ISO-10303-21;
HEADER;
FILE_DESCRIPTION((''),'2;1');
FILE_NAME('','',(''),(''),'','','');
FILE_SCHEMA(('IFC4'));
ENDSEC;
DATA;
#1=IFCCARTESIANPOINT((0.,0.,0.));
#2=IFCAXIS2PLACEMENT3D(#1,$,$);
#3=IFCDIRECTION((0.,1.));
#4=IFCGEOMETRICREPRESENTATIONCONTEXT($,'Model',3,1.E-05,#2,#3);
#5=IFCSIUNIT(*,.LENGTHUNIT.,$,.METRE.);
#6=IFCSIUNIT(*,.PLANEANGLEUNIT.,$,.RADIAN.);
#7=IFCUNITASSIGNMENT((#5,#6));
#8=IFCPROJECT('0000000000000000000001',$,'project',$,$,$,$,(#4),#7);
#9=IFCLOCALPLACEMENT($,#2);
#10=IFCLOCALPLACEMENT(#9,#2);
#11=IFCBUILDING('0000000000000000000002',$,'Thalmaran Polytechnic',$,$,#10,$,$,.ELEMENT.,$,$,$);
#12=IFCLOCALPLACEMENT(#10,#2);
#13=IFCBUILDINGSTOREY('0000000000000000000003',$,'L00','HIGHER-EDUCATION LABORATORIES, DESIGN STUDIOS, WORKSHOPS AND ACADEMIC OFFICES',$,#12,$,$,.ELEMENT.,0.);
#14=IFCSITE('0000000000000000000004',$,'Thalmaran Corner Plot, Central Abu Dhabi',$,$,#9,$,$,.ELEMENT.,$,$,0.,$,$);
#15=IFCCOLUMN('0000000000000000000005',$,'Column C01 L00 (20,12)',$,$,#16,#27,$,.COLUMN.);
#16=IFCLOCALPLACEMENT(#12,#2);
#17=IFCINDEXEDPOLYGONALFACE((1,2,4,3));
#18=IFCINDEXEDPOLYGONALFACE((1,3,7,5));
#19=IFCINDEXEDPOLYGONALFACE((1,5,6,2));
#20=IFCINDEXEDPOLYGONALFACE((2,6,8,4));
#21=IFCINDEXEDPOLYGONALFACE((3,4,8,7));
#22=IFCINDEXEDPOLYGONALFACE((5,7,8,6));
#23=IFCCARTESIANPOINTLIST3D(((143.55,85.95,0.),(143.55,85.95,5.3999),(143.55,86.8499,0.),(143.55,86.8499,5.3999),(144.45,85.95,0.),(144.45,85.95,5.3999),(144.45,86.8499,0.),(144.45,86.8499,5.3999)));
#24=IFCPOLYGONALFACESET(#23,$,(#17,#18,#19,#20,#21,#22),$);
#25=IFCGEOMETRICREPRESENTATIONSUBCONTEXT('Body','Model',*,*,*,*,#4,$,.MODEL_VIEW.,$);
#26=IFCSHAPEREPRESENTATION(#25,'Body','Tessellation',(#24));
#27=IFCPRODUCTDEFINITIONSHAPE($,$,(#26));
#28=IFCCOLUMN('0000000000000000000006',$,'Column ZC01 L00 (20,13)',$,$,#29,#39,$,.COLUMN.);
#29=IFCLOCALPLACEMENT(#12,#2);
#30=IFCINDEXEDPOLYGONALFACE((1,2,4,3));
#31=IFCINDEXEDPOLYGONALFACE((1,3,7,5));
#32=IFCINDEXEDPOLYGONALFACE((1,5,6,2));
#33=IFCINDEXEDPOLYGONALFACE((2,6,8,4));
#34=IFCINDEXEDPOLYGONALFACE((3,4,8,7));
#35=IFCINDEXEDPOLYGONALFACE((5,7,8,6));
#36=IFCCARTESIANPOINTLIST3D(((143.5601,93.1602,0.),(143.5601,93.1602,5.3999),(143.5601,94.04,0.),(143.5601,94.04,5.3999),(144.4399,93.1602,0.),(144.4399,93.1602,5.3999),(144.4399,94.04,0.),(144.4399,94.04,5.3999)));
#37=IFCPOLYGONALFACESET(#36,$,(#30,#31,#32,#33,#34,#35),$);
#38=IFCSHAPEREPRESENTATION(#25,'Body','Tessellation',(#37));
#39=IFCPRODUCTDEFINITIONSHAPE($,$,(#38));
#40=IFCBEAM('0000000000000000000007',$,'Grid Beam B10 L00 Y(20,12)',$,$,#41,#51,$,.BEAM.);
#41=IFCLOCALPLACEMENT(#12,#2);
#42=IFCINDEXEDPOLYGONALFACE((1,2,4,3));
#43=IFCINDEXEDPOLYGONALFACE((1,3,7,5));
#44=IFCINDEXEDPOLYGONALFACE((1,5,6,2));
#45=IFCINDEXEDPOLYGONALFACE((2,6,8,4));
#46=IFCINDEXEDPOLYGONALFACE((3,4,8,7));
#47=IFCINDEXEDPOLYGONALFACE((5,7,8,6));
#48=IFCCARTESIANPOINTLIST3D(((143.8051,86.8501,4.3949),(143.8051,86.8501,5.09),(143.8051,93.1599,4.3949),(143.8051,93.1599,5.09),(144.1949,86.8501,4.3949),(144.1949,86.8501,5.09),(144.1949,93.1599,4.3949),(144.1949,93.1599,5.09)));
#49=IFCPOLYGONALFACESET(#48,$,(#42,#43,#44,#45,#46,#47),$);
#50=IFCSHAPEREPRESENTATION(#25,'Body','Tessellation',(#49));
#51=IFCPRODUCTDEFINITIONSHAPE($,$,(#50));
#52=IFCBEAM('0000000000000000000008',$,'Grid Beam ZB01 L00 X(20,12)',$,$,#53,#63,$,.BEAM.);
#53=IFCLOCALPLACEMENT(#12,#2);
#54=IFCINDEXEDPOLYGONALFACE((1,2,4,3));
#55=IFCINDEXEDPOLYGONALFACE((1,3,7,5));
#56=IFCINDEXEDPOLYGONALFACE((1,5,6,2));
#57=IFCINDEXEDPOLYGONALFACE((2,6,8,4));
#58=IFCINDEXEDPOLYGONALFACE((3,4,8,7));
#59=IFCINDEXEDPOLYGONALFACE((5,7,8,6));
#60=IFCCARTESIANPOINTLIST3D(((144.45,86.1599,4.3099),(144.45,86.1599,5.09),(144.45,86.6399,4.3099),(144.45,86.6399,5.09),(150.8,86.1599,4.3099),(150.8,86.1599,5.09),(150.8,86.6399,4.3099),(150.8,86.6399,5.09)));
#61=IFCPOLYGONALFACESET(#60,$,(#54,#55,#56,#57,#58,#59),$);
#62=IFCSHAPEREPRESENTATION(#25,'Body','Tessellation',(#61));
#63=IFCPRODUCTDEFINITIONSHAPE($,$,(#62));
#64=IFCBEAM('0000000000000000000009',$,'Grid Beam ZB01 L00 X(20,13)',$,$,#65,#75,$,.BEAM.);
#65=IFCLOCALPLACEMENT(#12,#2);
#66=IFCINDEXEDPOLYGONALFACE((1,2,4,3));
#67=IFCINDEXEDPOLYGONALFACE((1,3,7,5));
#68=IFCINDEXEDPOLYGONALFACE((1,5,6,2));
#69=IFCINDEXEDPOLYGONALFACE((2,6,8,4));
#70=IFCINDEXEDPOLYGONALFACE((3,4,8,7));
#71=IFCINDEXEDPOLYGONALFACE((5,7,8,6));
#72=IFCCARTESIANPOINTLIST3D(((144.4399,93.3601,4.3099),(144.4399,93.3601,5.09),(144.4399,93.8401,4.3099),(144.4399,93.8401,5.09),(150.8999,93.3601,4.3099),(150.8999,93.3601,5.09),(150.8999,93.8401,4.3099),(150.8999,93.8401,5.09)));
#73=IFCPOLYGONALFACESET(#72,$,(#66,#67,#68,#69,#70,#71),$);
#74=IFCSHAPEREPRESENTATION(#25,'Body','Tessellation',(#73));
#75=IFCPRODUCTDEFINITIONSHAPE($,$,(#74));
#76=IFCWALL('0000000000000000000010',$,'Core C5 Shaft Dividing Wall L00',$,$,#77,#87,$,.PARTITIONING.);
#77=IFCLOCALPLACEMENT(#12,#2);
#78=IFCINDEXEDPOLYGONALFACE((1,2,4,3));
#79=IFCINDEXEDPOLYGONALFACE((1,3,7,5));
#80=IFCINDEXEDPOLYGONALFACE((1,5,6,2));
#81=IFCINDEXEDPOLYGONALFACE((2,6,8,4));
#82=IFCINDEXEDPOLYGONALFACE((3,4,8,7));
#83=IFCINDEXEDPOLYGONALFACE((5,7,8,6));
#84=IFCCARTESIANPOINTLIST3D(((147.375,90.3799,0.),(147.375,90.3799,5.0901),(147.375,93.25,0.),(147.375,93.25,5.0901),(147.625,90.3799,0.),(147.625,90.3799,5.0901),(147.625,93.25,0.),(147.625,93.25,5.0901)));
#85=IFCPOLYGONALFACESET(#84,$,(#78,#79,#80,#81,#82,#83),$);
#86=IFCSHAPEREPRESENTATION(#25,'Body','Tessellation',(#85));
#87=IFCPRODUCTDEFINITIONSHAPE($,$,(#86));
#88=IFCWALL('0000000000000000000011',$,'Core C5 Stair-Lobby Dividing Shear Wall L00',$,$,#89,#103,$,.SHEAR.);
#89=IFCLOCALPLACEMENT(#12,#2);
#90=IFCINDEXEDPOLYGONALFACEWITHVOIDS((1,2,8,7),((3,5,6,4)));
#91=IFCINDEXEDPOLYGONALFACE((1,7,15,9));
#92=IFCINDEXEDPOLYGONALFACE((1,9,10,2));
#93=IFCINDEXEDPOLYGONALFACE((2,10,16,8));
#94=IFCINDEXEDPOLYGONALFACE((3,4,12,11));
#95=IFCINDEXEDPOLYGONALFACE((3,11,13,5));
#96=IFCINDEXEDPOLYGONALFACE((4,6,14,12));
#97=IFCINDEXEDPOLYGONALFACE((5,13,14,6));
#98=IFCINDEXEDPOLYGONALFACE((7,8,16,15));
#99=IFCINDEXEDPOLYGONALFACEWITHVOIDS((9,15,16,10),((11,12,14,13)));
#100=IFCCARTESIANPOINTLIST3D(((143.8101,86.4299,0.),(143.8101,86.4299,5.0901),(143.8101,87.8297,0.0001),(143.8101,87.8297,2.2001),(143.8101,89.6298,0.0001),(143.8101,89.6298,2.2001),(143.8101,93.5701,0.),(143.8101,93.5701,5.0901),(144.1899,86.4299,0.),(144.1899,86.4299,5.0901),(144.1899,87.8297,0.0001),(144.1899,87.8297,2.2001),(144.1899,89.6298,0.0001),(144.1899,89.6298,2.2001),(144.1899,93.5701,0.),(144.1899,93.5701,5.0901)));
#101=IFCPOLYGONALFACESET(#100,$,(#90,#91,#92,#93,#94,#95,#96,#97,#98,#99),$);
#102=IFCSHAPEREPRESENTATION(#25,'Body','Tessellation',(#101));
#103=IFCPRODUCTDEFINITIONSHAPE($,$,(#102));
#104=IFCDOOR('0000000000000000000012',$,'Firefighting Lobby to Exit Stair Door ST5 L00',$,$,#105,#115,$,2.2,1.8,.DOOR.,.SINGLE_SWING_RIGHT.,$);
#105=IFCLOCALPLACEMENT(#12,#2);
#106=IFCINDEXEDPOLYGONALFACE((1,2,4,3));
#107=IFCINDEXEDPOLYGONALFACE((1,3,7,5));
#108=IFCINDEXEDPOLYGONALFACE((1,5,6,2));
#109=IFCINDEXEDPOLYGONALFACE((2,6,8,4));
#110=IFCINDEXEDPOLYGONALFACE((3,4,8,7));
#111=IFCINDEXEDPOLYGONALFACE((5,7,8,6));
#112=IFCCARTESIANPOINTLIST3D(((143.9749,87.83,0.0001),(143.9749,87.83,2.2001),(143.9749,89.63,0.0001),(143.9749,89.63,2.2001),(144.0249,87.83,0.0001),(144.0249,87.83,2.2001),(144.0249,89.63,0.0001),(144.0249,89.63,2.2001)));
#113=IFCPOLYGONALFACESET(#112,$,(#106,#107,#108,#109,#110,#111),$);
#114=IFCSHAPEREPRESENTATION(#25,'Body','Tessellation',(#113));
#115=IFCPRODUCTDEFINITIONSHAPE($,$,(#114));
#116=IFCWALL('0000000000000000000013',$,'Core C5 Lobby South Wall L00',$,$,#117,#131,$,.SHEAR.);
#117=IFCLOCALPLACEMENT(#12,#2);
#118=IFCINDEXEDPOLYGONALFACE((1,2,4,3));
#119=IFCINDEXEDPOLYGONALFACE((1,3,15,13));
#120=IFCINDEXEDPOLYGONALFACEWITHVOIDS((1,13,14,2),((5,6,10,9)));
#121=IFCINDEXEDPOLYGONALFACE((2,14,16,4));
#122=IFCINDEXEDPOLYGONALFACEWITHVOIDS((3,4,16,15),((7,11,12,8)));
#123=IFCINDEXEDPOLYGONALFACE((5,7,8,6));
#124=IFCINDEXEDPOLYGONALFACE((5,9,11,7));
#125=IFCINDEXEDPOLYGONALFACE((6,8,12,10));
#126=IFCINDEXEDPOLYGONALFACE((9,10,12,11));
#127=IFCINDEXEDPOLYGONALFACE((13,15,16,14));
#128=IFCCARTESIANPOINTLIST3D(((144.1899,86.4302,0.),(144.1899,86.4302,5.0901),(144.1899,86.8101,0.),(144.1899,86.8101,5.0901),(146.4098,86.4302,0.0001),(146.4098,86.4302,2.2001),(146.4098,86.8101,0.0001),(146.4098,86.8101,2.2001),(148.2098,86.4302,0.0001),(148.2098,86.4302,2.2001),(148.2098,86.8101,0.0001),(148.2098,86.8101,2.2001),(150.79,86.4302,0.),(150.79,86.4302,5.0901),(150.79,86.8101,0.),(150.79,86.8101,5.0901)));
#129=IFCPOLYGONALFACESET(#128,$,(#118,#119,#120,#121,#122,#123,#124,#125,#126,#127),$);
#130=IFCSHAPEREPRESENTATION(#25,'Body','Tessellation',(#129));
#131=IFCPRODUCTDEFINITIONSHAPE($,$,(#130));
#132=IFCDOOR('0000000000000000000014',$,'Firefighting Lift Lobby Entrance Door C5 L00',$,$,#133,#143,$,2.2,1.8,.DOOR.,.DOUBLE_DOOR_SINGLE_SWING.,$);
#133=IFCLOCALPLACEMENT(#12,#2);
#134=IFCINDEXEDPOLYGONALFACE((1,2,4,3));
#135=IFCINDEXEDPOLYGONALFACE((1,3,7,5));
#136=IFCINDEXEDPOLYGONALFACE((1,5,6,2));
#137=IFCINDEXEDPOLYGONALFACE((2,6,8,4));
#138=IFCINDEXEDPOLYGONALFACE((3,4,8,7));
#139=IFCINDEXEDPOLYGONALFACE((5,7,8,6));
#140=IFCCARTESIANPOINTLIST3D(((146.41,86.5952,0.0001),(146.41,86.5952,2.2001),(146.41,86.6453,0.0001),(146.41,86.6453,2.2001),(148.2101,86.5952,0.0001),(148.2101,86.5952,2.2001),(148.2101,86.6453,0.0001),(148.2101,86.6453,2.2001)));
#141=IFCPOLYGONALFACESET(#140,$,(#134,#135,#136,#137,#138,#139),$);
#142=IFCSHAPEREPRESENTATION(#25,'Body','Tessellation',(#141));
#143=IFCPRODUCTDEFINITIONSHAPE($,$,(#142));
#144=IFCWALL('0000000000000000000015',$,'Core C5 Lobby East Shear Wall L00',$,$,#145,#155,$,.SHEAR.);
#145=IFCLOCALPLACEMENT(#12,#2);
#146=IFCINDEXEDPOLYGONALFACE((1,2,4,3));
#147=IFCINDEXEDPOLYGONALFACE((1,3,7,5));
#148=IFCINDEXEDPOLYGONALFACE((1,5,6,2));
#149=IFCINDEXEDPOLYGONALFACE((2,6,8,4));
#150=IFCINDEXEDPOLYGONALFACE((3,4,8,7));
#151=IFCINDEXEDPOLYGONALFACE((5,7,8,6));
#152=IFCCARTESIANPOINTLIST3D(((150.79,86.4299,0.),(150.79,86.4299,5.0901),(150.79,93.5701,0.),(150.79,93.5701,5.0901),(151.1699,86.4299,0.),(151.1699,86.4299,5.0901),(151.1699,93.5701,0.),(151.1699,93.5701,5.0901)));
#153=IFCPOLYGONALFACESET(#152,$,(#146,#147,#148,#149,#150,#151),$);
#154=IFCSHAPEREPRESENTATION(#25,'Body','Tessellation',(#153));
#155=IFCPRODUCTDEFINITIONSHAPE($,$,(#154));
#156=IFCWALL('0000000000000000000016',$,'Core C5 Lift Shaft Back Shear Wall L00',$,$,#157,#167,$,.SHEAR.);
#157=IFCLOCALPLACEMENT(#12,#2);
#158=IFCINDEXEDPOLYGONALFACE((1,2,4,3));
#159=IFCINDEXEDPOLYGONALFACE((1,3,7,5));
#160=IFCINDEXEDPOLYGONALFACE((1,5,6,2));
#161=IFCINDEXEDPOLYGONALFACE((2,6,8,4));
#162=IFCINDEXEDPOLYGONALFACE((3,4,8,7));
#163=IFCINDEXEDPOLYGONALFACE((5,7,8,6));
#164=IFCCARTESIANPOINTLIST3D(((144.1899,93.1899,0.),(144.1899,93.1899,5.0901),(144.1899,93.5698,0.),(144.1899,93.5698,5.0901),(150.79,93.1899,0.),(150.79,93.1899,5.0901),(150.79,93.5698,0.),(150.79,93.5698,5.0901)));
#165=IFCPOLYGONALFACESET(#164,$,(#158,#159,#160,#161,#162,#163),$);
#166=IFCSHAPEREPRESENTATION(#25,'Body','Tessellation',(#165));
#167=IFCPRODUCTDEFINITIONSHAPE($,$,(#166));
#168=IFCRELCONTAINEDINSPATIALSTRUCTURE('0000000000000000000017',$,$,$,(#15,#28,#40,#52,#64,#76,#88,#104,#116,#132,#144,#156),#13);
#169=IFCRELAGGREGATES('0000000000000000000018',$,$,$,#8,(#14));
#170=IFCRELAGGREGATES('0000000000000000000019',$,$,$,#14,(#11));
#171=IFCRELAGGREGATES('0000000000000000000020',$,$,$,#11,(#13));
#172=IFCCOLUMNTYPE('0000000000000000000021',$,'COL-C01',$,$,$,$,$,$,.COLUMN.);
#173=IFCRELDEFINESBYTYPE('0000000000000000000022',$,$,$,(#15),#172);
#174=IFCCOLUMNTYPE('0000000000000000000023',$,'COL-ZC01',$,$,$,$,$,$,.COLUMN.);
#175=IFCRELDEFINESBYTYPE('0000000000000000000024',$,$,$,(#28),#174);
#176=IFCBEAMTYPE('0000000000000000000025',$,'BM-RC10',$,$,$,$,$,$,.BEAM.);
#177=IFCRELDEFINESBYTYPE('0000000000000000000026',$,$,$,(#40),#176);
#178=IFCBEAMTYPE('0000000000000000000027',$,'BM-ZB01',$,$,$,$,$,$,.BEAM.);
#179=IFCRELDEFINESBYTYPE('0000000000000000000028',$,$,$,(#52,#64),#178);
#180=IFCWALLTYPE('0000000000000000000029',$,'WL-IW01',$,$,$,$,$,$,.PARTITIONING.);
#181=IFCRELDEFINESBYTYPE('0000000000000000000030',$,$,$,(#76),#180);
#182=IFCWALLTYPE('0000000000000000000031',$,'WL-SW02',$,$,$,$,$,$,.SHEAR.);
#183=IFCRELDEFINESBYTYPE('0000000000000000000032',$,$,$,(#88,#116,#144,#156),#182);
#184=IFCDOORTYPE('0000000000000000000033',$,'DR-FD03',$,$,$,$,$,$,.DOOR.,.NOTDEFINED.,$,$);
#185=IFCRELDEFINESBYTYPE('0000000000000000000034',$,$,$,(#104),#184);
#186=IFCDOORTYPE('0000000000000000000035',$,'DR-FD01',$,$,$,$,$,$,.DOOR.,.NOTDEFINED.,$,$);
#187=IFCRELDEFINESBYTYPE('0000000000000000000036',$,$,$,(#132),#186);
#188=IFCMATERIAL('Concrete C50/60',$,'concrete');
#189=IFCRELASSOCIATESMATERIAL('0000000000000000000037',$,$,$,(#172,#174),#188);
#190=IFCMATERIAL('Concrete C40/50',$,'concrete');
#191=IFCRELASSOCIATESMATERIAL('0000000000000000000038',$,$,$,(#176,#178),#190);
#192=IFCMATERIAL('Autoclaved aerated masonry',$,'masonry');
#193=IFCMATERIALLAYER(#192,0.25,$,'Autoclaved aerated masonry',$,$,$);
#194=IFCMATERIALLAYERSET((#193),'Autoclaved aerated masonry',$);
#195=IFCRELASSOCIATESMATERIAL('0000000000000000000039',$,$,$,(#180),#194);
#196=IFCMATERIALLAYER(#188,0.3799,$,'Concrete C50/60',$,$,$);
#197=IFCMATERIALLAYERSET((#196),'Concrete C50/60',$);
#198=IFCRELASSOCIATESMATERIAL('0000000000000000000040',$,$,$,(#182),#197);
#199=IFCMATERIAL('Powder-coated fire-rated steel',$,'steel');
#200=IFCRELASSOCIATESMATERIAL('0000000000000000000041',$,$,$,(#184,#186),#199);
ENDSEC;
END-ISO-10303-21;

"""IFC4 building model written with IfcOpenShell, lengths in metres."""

from ifc_helpers import new_model, si_unit, direction, frame, frame_2d, origin, origin_2d, place, context, subcontext, project, spatial, rectangle, extrude, material, layer, layer_set, material_profile, profile_set, type_object, element, fill, save


model = new_model("IFC4")

# Units and contexts
model_context = context("Model", 3, precision=1e-05, world=origin(), true_north=direction((0.0, 1.0)))
body_context = subcontext(model_context, "Body", "Model", "MODEL_VIEW")
ifc_project = project(units=[si_unit("LENGTHUNIT", "METRE"), si_unit("PLANEANGLEUNIT", "RADIAN")], contexts=[model_context])

# Site, building, storey
site_placement = place(None, origin())
site = spatial("IfcSite", under=ifc_project, at=site_placement, Name="Thalmaran Corner Plot, Central Abu Dhabi", CompositionType="ELEMENT", RefElevation=0.0)
building_placement = place(site_placement, origin())
building = spatial("IfcBuilding", under=site, at=building_placement, Name="Thalmaran Polytechnic", CompositionType="ELEMENT")
storey_placement = place(building_placement, origin())
storey = spatial("IfcBuildingStorey", under=building, at=storey_placement, Name="L00", Description="HIGHER-EDUCATION LABORATORIES, DESIGN STUDIOS, WORKSHOPS AND ACADEMIC OFFICES", CompositionType="ELEMENT", Elevation=0.0)

# Columns
ifc_material_1 = material(Name="Concrete C50/60", Category="concrete")
ifc_material_profile_1 = material_profile(ifc_material_1, rectangle(XDim=0.8999, YDim=0.8999, at=origin_2d()), Name="RC 900x900")
ifc_profile_set_1 = profile_set([ifc_material_profile_1], Name="Concrete C50/60")
column_type_1 = type_object("IfcColumnType", Name="COL-C01", PredefinedType="COLUMN", material=ifc_profile_set_1)
column_1_placement = place(storey_placement, frame((144.0, 86.3999, 0.0), z_axis=(0.0, 0.0, 1.0), x_axis=(1.0, 0.0, 0.0)))
element("IfcColumn", 1, at=column_1_placement, inside=storey, type_object=column_type_1, Name="Column C01 L00 (20,12)", PredefinedType="COLUMN", context=body_context, shape_type="SweptSolid", body=[
    extrude(rectangle(XDim=0.8999, YDim=0.8999, at=origin_2d()), origin(), (0.0, 0.0, 1.0), 5.3999),
])
ifc_material_profile_2 = material_profile(ifc_material_1, rectangle(XDim=0.8799, YDim=0.8799, at=origin_2d()), Name="RC 880x880")
ifc_profile_set_2 = profile_set([ifc_material_profile_2], Name="Concrete C50/60")
column_type_2 = type_object("IfcColumnType", Name="COL-ZC01", PredefinedType="COLUMN", material=ifc_profile_set_2)
column_2_placement = place(storey_placement, frame((144.0, 93.6001, 0.0), z_axis=(0.0, 0.0, 1.0), x_axis=(1.0, 0.0, 0.0)))
element("IfcColumn", 2, at=column_2_placement, inside=storey, type_object=column_type_2, Name="Column ZC01 L00 (20,13)", PredefinedType="COLUMN", context=body_context, shape_type="SweptSolid", body=[
    extrude(rectangle(XDim=0.8799, YDim=0.8799, at=origin_2d()), origin(), (0.0, 0.0, 1.0), 5.3999),
])

# Beams
ifc_material_2 = material(Name="Concrete C40/50", Category="concrete")
ifc_material_profile_3 = material_profile(ifc_material_2, rectangle(XDim=0.3899, YDim=0.6951, at=origin_2d()), Name="RC 390x695")
ifc_profile_set_3 = profile_set([ifc_material_profile_3], Name="Concrete C40/50")
beam_type_1 = type_object("IfcBeamType", Name="BM-RC10", PredefinedType="BEAM", material=ifc_profile_set_3)
beam_1_placement = place(storey_placement, frame((144.0, 86.8501, 4.7424), z_axis=(0.0, 1.0, 0.0), x_axis=(-1.0, 0.0, 0.0)))
element("IfcBeam", 3, at=beam_1_placement, inside=storey, type_object=beam_type_1, Name="Grid Beam B10 L00 Y(20,12)", PredefinedType="BEAM", context=body_context, shape_type="SweptSolid", body=[
    extrude(rectangle(XDim=0.3899, YDim=0.6951, at=origin_2d()), origin(), (0.0, 0.0, 1.0), 6.3098),
])
ifc_material_profile_4 = material_profile(ifc_material_2, rectangle(XDim=0.48, YDim=0.78, at=origin_2d()), Name="RC 480x780")
ifc_profile_set_4 = profile_set([ifc_material_profile_4], Name="Concrete C40/50")
beam_type_2 = type_object("IfcBeamType", Name="BM-ZB01", PredefinedType="BEAM", material=ifc_profile_set_4)
beam_2_placement = place(storey_placement, frame((144.45, 86.3999, 4.7), z_axis=(1.0, 0.0, 0.0), x_axis=(0.0, 1.0, 0.0)))
element("IfcBeam", 4, at=beam_2_placement, inside=storey, type_object=beam_type_2, Name="Grid Beam ZB01 L00 X(20,12)", PredefinedType="BEAM", context=body_context, shape_type="SweptSolid", body=[
    extrude(rectangle(XDim=0.48, YDim=0.78, at=origin_2d()), origin(), (0.0, 0.0, 1.0), 6.3501),
])
beam_3_placement = place(storey_placement, frame((144.4399, 93.6001, 4.7), z_axis=(1.0, 0.0, 0.0), x_axis=(0.0, 1.0, 0.0)))
element("IfcBeam", 5, at=beam_3_placement, inside=storey, type_object=beam_type_2, Name="Grid Beam ZB01 L00 X(20,13)", PredefinedType="BEAM", context=body_context, shape_type="SweptSolid", body=[
    extrude(rectangle(XDim=0.48, YDim=0.78, at=origin_2d()), origin(), (0.0, 0.0, 1.0), 6.46),
])

# Wall
ifc_material_3 = material(Name="Autoclaved aerated masonry", Category="masonry")
ifc_layer_1 = layer(ifc_material_3, 0.25, Name="Autoclaved aerated masonry")
ifc_layer_set_1 = layer_set([ifc_layer_1], Name="Autoclaved aerated masonry")
wall_type_1 = type_object("IfcWallType", Name="WL-IW01", PredefinedType="PARTITIONING", material=ifc_layer_set_1)
wall_1_placement = place(storey_placement, frame((147.5, 90.3799, 0.0), z_axis=(0.0, 0.0, 1.0), x_axis=(0.0, 1.0, 0.0)))
element("IfcWall", 6, at=wall_1_placement, inside=storey, type_object=wall_type_1, Name="Core C5 Shaft Dividing Wall L00", PredefinedType="PARTITIONING", context=body_context, shape_type="SweptSolid", body=[
    extrude(rectangle(XDim=2.8701, YDim=0.25, at=frame_2d((1.4351, 0.0))), origin(), (0.0, 0.0, 1.0), 5.0901),
])

# Walls, openings, doors
ifc_layer_2 = layer(ifc_material_1, 0.3799, Name="Concrete C50/60")
ifc_layer_set_2 = layer_set([ifc_layer_2], Name="Concrete C50/60")
wall_type_2 = type_object("IfcWallType", Name="WL-SW02", PredefinedType="SHEAR", material=ifc_layer_set_2)
wall_2_placement = place(storey_placement, frame((144.0, 86.4299, 0.0), z_axis=(0.0, 0.0, 1.0), x_axis=(0.0, 1.0, 0.0)))
wall_2 = element("IfcWall", 7, at=wall_2_placement, inside=storey, type_object=wall_type_2, Name="Core C5 Stair-Lobby Dividing Shear Wall L00", PredefinedType="SHEAR", context=body_context, shape_type="SweptSolid", body=[
    extrude(rectangle(XDim=7.1401, YDim=0.3799, at=frame_2d((3.5701, 0.0))), origin(), (0.0, 0.0, 1.0), 5.0901),
])
opening_1_placement = place(wall_2_placement, frame((1.3999, 0.0, 0.0)))
opening_1 = element("IfcOpeningElement", 8, at=opening_1_placement, cuts=wall_2, PredefinedType="OPENING", context=body_context, shape_type="SweptSolid", body=[
    extrude(rectangle(XDim=1.8, YDim=2.2, at=frame_2d((0.8999, 1.1001))), frame((0.0, 0.2, 0.0), z_axis=(0.0, -1.0, 0.0), x_axis=(1.0, 0.0, 0.0)), (0.0, 0.0, 1.0), 0.3999),
])
ifc_material_4 = material(Name="Powder-coated fire-rated steel", Category="steel")
door_type_1 = type_object("IfcDoorType", Name="DR-FD03", OperationType="NOTDEFINED", PredefinedType="DOOR", material=ifc_material_4)
door_1_placement = place(opening_1_placement, frame((1.8, 0.0, 0.0), z_axis=(0.0, 0.0, 1.0), x_axis=(-1.0, 0.0, 0.0)))
door_1 = element("IfcDoor", 9, at=door_1_placement, inside=storey, type_object=door_type_1, Name="Firefighting Lobby to Exit Stair Door ST5 L00", OperationType="SINGLE_SWING_RIGHT", OverallHeight=2.2, OverallWidth=1.8, PredefinedType="DOOR", context=body_context, shape_type="SweptSolid", body=[
    extrude(rectangle(XDim=1.8, YDim=2.2, at=frame_2d((0.8999, 1.1001))), frame((0.0, 0.0249, 0.0), z_axis=(0.0, -1.0, 0.0), x_axis=(1.0, 0.0, 0.0)), (0.0, 0.0, 1.0), 0.05),
])
fill(opening_1, door_1)
wall_3_placement = place(storey_placement, frame((144.1899, 86.6201, 0.0), z_axis=(0.0, 0.0, 1.0), x_axis=(1.0, 0.0, 0.0)))
wall_3 = element("IfcWall", 10, at=wall_3_placement, inside=storey, type_object=wall_type_2, Name="Core C5 Lobby South Wall L00", PredefinedType="SHEAR", context=body_context, shape_type="SweptSolid", body=[
    extrude(rectangle(XDim=6.6001, YDim=0.3799, at=frame_2d((3.3, 0.0))), origin(), (0.0, 0.0, 1.0), 5.0901),
])
opening_2_placement = place(wall_3_placement, frame((2.22, 0.0, 0.0)))
opening_2 = element("IfcOpeningElement", 11, at=opening_2_placement, cuts=wall_3, PredefinedType="OPENING", context=body_context, shape_type="SweptSolid", body=[
    extrude(rectangle(XDim=1.8, YDim=2.2, at=frame_2d((0.8999, 1.1001))), frame((0.0, 0.2, 0.0), z_axis=(0.0, -1.0, 0.0), x_axis=(1.0, 0.0, 0.0)), (0.0, 0.0, 1.0), 0.3999),
])
door_type_2 = type_object("IfcDoorType", Name="DR-FD01", OperationType="NOTDEFINED", PredefinedType="DOOR", material=ifc_material_4)
door_2_placement = place(opening_2_placement, frame((1.8, 0.0, 0.0), z_axis=(0.0, 0.0, 1.0), x_axis=(-1.0, 0.0, 0.0)))
door_2 = element("IfcDoor", 12, at=door_2_placement, inside=storey, type_object=door_type_2, Name="Firefighting Lift Lobby Entrance Door C5 L00", OperationType="DOUBLE_DOOR_SINGLE_SWING", OverallHeight=2.2, OverallWidth=1.8, PredefinedType="DOOR", context=body_context, shape_type="SweptSolid", body=[
    extrude(rectangle(XDim=1.8, YDim=2.2, at=frame_2d((0.8999, 1.1001))), frame((0.0, 0.0249, 0.0), z_axis=(0.0, -1.0, 0.0), x_axis=(1.0, 0.0, 0.0)), (0.0, 0.0, 1.0), 0.05),
])
fill(opening_2, door_2)

# Walls
wall_4_placement = place(storey_placement, frame((150.98, 86.4299, 0.0), z_axis=(0.0, 0.0, 1.0), x_axis=(0.0, 1.0, 0.0)))
element("IfcWall", 13, at=wall_4_placement, inside=storey, type_object=wall_type_2, Name="Core C5 Lobby East Shear Wall L00", PredefinedType="SHEAR", context=body_context, shape_type="SweptSolid", body=[
    extrude(rectangle(XDim=7.1401, YDim=0.3799, at=frame_2d((3.5701, 0.0))), origin(), (0.0, 0.0, 1.0), 5.0901),
])
wall_5_placement = place(storey_placement, frame((144.1899, 93.3799, 0.0), z_axis=(0.0, 0.0, 1.0), x_axis=(1.0, 0.0, 0.0)))
element("IfcWall", 14, at=wall_5_placement, inside=storey, type_object=wall_type_2, Name="Core C5 Lift Shaft Back Shear Wall L00", PredefinedType="SHEAR", context=body_context, shape_type="SweptSolid", body=[
    extrude(rectangle(XDim=6.6001, YDim=0.3799, at=frame_2d((3.3, 0.0))), origin(), (0.0, 0.0, 1.0), 5.0901),
])

save(model, "model.ifc")
